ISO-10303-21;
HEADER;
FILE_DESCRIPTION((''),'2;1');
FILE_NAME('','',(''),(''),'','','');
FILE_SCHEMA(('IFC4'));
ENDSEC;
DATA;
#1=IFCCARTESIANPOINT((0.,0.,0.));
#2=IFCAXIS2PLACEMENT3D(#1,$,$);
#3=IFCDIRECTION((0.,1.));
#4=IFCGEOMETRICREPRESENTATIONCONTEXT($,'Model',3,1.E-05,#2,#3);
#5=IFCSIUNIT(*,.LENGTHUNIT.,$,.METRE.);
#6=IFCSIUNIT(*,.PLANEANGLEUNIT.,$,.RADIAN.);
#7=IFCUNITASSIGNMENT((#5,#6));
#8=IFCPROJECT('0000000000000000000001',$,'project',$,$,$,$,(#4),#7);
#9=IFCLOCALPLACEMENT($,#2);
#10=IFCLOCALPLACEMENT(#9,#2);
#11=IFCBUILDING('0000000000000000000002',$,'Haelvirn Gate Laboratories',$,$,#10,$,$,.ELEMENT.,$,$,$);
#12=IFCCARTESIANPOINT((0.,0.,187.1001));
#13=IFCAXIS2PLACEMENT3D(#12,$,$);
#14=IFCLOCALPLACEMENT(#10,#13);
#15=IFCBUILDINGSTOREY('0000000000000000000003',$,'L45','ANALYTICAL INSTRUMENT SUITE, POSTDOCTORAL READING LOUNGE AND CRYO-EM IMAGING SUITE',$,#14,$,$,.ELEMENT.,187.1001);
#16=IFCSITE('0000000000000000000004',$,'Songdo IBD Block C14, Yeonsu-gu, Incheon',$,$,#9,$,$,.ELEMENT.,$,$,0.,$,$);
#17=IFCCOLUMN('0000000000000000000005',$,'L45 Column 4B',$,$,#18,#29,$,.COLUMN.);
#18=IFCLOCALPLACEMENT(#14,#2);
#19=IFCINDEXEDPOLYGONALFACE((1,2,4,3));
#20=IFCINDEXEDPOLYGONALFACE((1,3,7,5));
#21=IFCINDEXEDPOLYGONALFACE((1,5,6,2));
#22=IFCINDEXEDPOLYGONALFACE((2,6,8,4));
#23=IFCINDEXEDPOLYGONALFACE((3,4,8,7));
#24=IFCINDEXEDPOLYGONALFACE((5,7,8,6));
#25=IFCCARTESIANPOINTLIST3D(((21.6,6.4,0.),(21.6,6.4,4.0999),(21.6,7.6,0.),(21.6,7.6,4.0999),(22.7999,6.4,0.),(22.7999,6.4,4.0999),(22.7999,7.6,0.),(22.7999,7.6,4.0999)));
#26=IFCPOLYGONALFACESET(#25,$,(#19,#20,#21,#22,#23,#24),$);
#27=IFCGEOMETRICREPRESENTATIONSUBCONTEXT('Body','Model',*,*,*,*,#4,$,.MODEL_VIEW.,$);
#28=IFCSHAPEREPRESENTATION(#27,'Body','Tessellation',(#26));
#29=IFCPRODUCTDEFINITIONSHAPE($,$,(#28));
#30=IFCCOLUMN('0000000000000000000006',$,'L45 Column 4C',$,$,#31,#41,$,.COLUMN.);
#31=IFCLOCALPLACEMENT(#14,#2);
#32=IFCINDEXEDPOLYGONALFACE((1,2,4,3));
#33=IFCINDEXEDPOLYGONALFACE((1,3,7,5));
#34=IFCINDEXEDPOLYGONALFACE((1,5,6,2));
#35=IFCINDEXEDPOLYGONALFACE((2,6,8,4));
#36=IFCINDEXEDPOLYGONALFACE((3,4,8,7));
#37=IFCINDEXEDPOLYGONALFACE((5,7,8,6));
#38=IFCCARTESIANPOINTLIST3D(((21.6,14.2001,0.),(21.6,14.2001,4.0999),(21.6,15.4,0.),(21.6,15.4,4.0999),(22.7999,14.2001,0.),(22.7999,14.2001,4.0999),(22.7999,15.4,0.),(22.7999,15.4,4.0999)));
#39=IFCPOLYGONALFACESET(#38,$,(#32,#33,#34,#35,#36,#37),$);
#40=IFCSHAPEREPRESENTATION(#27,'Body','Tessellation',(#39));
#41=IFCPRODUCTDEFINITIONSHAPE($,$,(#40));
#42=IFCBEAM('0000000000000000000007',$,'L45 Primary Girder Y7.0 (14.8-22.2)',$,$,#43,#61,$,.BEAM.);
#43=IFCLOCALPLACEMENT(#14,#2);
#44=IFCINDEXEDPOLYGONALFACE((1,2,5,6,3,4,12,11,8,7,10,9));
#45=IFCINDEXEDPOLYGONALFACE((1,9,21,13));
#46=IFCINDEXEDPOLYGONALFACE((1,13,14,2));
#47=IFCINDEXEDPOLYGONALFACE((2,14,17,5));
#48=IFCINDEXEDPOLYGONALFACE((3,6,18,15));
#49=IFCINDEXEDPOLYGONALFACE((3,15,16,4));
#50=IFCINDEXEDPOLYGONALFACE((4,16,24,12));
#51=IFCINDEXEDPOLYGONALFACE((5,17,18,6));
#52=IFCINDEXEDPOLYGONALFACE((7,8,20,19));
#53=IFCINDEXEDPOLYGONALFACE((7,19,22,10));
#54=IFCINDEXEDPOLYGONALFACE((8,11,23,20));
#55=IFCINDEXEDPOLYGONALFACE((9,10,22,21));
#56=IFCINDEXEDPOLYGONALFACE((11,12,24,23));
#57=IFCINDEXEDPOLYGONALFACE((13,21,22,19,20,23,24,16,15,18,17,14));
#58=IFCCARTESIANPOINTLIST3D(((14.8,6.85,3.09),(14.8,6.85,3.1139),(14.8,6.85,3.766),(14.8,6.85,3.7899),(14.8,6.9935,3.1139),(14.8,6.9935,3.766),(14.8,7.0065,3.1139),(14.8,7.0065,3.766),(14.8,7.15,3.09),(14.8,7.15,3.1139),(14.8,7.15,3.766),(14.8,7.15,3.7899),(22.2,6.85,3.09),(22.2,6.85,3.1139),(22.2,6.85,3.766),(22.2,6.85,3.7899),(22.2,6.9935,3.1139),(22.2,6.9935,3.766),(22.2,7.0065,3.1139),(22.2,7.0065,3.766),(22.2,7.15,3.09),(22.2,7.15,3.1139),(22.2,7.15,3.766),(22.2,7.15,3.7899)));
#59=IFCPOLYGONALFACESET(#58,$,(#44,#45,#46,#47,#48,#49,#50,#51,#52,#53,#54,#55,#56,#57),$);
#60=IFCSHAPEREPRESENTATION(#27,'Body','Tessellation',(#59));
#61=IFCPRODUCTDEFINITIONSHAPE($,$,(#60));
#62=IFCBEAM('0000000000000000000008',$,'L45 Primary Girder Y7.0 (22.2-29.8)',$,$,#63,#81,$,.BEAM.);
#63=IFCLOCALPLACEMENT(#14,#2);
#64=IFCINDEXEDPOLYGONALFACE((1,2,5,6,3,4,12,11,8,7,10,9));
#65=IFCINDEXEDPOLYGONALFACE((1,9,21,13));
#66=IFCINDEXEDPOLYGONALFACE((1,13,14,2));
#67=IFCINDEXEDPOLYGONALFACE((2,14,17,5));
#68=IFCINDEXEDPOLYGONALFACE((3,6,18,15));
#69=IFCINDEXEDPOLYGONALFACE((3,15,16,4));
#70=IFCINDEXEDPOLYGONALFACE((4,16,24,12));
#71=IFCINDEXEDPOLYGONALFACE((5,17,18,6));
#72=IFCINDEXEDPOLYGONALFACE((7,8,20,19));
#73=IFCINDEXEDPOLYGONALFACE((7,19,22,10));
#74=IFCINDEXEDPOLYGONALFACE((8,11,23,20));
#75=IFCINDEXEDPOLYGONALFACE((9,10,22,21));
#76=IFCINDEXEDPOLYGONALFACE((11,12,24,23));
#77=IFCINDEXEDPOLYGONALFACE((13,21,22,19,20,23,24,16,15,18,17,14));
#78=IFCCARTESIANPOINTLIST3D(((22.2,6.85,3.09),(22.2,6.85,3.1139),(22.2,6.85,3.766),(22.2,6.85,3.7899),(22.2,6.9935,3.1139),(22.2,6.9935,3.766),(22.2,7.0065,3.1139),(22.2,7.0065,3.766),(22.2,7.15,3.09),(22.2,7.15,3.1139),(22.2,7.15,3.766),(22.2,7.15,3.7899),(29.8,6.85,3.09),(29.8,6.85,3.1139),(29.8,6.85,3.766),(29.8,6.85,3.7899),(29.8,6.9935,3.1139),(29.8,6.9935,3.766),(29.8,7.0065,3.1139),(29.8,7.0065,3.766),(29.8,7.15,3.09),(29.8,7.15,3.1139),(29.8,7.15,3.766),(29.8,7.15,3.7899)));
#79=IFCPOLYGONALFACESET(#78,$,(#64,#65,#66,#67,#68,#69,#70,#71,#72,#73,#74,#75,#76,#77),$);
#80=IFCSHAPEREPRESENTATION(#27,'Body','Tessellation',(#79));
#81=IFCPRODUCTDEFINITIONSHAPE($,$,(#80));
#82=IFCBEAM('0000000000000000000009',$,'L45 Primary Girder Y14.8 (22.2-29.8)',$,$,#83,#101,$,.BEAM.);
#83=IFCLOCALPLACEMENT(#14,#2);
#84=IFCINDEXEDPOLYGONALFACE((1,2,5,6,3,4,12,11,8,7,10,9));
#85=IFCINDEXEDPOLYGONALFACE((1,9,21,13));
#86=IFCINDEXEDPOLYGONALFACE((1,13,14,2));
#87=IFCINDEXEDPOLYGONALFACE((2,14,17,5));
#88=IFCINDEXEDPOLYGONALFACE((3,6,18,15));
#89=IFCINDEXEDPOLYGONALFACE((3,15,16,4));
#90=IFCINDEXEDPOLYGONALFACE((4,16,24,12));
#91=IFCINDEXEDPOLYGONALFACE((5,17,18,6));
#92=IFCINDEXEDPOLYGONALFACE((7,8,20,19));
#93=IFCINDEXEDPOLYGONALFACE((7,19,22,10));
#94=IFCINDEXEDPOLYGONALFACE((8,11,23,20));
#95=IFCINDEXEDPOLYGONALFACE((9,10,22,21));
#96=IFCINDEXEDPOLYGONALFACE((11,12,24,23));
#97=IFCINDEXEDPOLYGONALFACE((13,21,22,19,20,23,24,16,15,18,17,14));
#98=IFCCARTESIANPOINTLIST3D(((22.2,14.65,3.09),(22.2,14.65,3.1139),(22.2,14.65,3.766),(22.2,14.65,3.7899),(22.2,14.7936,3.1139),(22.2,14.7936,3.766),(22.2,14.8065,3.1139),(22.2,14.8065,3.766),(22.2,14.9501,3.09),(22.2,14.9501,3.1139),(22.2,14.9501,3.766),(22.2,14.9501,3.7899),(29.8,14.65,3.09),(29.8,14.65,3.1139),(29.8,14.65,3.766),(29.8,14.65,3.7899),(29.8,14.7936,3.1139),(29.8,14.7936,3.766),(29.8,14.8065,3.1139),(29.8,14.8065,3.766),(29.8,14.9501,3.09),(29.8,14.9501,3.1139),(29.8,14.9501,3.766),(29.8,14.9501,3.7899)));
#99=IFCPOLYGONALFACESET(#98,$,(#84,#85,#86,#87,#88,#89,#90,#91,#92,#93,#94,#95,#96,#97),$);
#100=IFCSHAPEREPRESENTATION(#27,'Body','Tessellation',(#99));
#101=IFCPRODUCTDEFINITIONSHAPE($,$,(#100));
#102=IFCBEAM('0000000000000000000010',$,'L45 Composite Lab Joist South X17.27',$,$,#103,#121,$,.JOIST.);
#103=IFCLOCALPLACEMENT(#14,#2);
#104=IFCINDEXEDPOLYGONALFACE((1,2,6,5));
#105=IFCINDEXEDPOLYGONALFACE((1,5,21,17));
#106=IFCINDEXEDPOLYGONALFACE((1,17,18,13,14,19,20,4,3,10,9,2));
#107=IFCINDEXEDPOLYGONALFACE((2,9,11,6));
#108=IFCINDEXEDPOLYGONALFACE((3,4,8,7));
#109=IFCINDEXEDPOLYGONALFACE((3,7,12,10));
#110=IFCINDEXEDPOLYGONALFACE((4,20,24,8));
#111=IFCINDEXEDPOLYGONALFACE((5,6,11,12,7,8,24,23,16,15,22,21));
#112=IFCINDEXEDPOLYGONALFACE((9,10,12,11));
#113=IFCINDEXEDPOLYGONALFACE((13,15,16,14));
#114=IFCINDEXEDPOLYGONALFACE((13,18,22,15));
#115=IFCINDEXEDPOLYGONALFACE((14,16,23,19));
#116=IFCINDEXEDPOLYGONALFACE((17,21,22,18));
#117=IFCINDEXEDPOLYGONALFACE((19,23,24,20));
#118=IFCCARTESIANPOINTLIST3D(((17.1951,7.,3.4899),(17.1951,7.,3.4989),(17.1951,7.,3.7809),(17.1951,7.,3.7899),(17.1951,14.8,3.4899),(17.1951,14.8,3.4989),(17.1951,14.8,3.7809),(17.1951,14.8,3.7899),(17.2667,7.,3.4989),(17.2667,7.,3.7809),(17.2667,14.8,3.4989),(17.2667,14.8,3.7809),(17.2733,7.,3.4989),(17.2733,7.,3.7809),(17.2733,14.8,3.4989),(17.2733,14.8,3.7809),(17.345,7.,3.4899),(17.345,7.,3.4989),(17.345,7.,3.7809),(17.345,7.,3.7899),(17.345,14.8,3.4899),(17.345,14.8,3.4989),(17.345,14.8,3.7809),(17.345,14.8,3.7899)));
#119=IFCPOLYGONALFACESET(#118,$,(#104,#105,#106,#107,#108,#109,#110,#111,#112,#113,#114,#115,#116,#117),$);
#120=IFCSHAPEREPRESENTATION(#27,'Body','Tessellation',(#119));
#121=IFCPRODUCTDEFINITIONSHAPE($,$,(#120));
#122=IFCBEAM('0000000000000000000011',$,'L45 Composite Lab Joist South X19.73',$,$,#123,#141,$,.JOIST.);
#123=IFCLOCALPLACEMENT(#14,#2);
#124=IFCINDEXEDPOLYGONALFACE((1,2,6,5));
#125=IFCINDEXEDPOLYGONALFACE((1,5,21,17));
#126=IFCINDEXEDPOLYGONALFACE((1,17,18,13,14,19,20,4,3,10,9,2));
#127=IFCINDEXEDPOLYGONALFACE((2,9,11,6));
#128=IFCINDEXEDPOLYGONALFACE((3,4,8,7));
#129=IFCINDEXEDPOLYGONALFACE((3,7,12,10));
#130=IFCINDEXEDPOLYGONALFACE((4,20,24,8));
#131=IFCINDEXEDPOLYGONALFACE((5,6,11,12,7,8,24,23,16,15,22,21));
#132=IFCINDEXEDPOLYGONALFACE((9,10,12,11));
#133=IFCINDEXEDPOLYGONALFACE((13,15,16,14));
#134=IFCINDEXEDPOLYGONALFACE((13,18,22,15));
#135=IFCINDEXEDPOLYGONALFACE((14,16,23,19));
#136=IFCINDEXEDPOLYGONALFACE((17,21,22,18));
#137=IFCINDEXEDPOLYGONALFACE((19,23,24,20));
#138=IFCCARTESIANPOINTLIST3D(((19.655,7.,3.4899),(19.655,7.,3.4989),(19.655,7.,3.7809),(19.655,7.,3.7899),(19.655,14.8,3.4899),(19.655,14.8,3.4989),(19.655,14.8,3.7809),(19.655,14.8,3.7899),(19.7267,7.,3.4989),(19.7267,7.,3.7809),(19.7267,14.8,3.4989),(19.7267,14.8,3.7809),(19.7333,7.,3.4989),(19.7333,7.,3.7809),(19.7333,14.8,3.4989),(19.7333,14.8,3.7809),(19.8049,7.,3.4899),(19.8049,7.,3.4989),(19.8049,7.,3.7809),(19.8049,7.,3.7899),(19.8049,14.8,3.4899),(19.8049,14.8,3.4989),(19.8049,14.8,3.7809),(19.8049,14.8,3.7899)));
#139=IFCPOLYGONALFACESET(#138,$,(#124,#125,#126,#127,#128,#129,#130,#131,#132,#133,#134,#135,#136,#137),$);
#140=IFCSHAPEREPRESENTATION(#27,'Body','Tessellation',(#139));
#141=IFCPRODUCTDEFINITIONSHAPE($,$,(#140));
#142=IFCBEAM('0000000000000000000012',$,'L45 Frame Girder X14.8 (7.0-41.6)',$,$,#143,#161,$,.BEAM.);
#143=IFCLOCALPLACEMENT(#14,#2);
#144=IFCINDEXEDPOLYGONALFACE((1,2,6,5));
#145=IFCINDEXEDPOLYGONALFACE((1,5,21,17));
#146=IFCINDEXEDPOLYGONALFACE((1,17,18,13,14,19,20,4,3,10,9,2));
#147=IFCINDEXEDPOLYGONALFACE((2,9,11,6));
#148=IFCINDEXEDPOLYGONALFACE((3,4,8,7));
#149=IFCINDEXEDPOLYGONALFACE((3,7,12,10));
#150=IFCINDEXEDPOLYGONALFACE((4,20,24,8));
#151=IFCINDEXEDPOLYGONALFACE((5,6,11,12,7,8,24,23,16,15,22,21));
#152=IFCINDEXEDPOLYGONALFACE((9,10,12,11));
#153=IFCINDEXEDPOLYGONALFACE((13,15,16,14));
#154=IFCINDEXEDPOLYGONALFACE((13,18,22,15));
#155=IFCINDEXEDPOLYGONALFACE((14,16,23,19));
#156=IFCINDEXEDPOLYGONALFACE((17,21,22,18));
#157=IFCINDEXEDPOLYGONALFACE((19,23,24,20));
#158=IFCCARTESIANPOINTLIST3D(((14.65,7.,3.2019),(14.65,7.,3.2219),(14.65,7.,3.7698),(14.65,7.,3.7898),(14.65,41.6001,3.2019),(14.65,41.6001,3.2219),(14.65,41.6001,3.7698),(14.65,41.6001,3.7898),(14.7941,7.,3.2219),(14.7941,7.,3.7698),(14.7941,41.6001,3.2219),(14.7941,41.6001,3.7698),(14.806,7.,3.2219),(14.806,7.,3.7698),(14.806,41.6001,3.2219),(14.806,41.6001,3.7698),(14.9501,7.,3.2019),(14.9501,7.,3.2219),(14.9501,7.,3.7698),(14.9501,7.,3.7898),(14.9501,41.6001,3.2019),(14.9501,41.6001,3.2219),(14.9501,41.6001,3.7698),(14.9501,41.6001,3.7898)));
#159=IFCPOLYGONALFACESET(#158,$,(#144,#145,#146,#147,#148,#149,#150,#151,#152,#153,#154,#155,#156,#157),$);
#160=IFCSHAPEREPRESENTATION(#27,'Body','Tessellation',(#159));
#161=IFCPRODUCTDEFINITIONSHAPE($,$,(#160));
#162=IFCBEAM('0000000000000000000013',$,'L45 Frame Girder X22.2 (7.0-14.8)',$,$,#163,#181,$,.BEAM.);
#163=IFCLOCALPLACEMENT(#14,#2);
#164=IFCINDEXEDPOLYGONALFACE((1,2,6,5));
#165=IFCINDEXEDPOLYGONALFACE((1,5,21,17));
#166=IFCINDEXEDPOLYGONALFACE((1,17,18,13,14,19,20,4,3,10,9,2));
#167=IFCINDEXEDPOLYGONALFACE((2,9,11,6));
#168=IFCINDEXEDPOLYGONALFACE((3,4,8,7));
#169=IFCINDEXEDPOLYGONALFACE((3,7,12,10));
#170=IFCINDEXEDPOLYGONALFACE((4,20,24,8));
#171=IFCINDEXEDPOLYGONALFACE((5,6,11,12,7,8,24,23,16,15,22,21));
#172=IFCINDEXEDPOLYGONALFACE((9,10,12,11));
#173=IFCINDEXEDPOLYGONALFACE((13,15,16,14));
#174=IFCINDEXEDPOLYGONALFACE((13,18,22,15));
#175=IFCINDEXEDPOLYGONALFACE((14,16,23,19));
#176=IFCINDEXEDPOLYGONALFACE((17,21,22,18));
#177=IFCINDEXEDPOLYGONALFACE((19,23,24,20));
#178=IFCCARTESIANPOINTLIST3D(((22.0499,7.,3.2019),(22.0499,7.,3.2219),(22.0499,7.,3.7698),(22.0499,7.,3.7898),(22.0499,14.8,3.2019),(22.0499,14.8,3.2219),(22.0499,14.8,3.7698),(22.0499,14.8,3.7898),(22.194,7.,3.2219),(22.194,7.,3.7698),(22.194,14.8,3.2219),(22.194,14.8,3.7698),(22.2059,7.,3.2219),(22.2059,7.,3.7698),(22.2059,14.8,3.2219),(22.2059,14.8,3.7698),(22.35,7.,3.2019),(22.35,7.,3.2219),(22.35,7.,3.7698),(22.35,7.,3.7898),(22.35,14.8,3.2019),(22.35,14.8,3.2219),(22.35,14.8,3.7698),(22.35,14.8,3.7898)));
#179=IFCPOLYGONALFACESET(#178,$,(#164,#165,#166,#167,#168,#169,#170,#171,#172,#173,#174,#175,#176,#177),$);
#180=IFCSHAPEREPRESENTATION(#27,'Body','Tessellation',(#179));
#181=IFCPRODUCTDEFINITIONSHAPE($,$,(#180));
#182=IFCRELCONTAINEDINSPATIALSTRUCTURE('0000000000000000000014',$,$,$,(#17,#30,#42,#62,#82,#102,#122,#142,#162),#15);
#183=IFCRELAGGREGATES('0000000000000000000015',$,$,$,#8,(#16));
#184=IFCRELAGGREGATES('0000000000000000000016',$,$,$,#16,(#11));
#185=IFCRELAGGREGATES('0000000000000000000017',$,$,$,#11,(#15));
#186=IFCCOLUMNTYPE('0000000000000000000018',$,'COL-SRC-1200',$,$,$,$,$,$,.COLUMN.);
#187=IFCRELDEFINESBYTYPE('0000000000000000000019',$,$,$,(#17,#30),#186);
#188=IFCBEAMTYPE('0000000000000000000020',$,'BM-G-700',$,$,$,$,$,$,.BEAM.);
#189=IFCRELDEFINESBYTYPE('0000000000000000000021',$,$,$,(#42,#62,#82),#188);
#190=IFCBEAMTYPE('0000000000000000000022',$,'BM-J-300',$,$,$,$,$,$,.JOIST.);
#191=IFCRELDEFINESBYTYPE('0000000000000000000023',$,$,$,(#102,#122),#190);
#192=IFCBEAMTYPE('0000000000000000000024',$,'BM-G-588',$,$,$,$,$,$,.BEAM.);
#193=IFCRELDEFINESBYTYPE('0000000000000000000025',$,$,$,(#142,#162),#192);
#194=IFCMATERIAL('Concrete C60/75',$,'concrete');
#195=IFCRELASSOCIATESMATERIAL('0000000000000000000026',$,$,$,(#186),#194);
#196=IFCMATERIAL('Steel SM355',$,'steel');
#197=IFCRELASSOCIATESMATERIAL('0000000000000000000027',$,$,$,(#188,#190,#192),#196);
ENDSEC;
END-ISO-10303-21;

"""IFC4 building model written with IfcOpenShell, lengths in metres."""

from ifc_helpers import new_model, si_unit, direction, frame, origin, origin_2d, place, context, subcontext, project, spatial, rectangle, i_section, extrude, source, transform, mapped, material, material_profile, profile_set, type_object, type_shapes, element, save


model = new_model("IFC4")

# Units and contexts
model_context = context("Model", 3, precision=1e-05, world=origin(), true_north=direction((0.0, 1.0)))
body_context = subcontext(model_context, "Body", "Model", "MODEL_VIEW")
ifc_project = project(units=[si_unit("LENGTHUNIT", "METRE"), si_unit("PLANEANGLEUNIT", "RADIAN")], contexts=[model_context])

# Site, building, storey
site_placement = place(None, origin())
site = spatial("IfcSite", under=ifc_project, at=site_placement, Name="Songdo IBD Block C14, Yeonsu-gu, Incheon", CompositionType="ELEMENT", RefElevation=0.0)
building_placement = place(site_placement, origin())
building = spatial("IfcBuilding", under=site, at=building_placement, Name="Haelvirn Gate Laboratories", CompositionType="ELEMENT")
storey_placement = place(building_placement, frame((0.0, 0.0, 187.1001)))
storey = spatial("IfcBuildingStorey", under=building, at=storey_placement, Name="L45", Description="ANALYTICAL INSTRUMENT SUITE, POSTDOCTORAL READING LOUNGE AND CRYO-EM IMAGING SUITE", CompositionType="ELEMENT", Elevation=187.1001)

# Columns
ifc_material_1 = material(Name="Concrete C60/75", Category="concrete")
ifc_material_profile_1 = material_profile(ifc_material_1, rectangle(XDim=1.2, YDim=1.2, at=origin_2d()), Name="SRC-1200x1200")
ifc_profile_set_1 = profile_set([ifc_material_profile_1], Name="Concrete C60/75")
column_type = type_object("IfcColumnType", Name="COL-SRC-1200", PredefinedType="COLUMN", material=ifc_profile_set_1)
shared_shape_1 = source(origin(), body_context, "Body", "SweptSolid", [
    extrude(rectangle(XDim=1.2, YDim=1.2, at=origin_2d()), origin(), (0.0, 0.0, 1.0), 4.0999),
])
type_shapes(column_type, [shared_shape_1])
for number, where, z_axis, x_axis, name in (
    (1, (22.2, 7.0, 0.0), (0.0, 0.0, 1.0), (1.0, 0.0, 0.0), "L45 Column 4B"),
    (2, (22.2, 14.8, 0.0), (0.0, 0.0, 1.0), (1.0, 0.0, 0.0), "L45 Column 4C"),
):
    element("IfcColumn", number, at=place(storey_placement, frame(where, z_axis=z_axis, x_axis=x_axis)), inside=storey, type_object=column_type, Name=name, PredefinedType="COLUMN", context=body_context, shape_type="MappedRepresentation", body=[
        mapped(shared_shape_1, transform((0.0, 0.0, 0.0), scale=1.0)),
    ])

# Beams
ifc_material_2 = material(Name="Steel SM355", Category="steel")
ifc_material_profile_2 = material_profile(ifc_material_2, i_section(OverallWidth=0.3, OverallDepth=0.7, WebThickness=0.0129, FlangeThickness=0.0239, at=origin_2d()), Name="H-700x300x13x24")
ifc_profile_set_2 = profile_set([ifc_material_profile_2], Name="Steel SM355")
beam_type_1 = type_object("IfcBeamType", Name="BM-G-700", PredefinedType="BEAM", material=ifc_profile_set_2)
shared_shape_2 = source(origin(), body_context, "Body", "SweptSolid", [
    extrude(i_section(OverallWidth=0.3, OverallDepth=0.7, WebThickness=0.0129, FlangeThickness=0.0239, at=origin_2d()), origin(), (0.0, 0.0, 1.0), 7.3999),
])
beam_1_placement = place(storey_placement, frame((14.8, 7.0, 3.4399), z_axis=(1.0, 0.0, 0.0), x_axis=(0.0, 1.0, 0.0)))
element("IfcBeam", 3, at=beam_1_placement, inside=storey, type_object=beam_type_1, Name="L45 Primary Girder Y7.0 (14.8-22.2)", PredefinedType="BEAM", context=body_context, shape_type="MappedRepresentation", body=[
    mapped(shared_shape_2, transform((0.0, 0.0, 0.0), scale=1.0)),
])
shared_shape_3 = source(origin(), body_context, "Body", "SweptSolid", [
    extrude(i_section(OverallWidth=0.3, OverallDepth=0.7, WebThickness=0.0129, FlangeThickness=0.0239, at=origin_2d()), origin(), (0.0, 0.0, 1.0), 7.6001),
])
type_shapes(beam_type_1, [shared_shape_2, shared_shape_3])
for number, where, z_axis, x_axis, name in (
    (4, (22.2, 7.0, 3.4399), (1.0, 0.0, 0.0), (0.0, 1.0, 0.0), "L45 Primary Girder Y7.0 (22.2-29.8)"),
    (5, (22.2, 14.8, 3.4399), (1.0, 0.0, 0.0), (0.0, 1.0, 0.0), "L45 Primary Girder Y14.8 (22.2-29.8)"),
):
    element("IfcBeam", number, at=place(storey_placement, frame(where, z_axis=z_axis, x_axis=x_axis)), inside=storey, type_object=beam_type_1, Name=name, PredefinedType="BEAM", context=body_context, shape_type="MappedRepresentation", body=[
        mapped(shared_shape_3, transform((0.0, 0.0, 0.0), scale=1.0)),
    ])
ifc_material_profile_3 = material_profile(ifc_material_2, i_section(OverallWidth=0.1499, OverallDepth=0.3, WebThickness=0.0066, FlangeThickness=0.009, at=origin_2d()), Name="H-300x150x6.5x9")
ifc_profile_set_3 = profile_set([ifc_material_profile_3], Name="Steel SM355")
beam_type_2 = type_object("IfcBeamType", Name="BM-J-300", PredefinedType="JOIST", material=ifc_profile_set_3)
shared_shape_4 = source(origin(), body_context, "Body", "SweptSolid", [
    extrude(i_section(OverallWidth=0.1499, OverallDepth=0.3, WebThickness=0.0066, FlangeThickness=0.009, at=origin_2d()), origin(), (0.0, 0.0, 1.0), 7.8),
])
type_shapes(beam_type_2, [shared_shape_4])
for number, where, z_axis, x_axis, name in (
    (6, (17.27, 7.0, 3.6399), (0.0, 1.0, 0.0), (-1.0, 0.0, 0.0), "L45 Composite Lab Joist South X17.27"),
    (7, (19.73, 7.0, 3.6399), (0.0, 1.0, 0.0), (-1.0, 0.0, 0.0), "L45 Composite Lab Joist South X19.73"),
):
    element("IfcBeam", number, at=place(storey_placement, frame(where, z_axis=z_axis, x_axis=x_axis)), inside=storey, type_object=beam_type_2, Name=name, PredefinedType="JOIST", context=body_context, shape_type="MappedRepresentation", body=[
        mapped(shared_shape_4, transform((0.0, 0.0, 0.0), scale=1.0)),
    ])
ifc_material_profile_4 = material_profile(ifc_material_2, i_section(OverallWidth=0.3, OverallDepth=0.5879, WebThickness=0.012, FlangeThickness=0.02, at=origin_2d()), Name="H-588x300x12x20")
ifc_profile_set_4 = profile_set([ifc_material_profile_4], Name="Steel SM355")
beam_type_3 = type_object("IfcBeamType", Name="BM-G-588", PredefinedType="BEAM", material=ifc_profile_set_4)
shared_shape_5 = source(origin(), body_context, "Body", "SweptSolid", [
    extrude(i_section(OverallWidth=0.3, OverallDepth=0.5879, WebThickness=0.012, FlangeThickness=0.02, at=origin_2d()), origin(), (0.0, 0.0, 1.0), 34.6001),
])
beam_2_placement = place(storey_placement, frame((14.8, 7.0, 3.4958), z_axis=(0.0, 1.0, 0.0), x_axis=(-1.0, 0.0, 0.0)))
element("IfcBeam", 8, at=beam_2_placement, inside=storey, type_object=beam_type_3, Name="L45 Frame Girder X14.8 (7.0-41.6)", PredefinedType="BEAM", context=body_context, shape_type="MappedRepresentation", body=[
    mapped(shared_shape_5, transform((0.0, 0.0, 0.0), scale=1.0)),
])
shared_shape_6 = source(origin(), body_context, "Body", "SweptSolid", [
    extrude(i_section(OverallWidth=0.3, OverallDepth=0.5879, WebThickness=0.012, FlangeThickness=0.02, at=origin_2d()), origin(), (0.0, 0.0, 1.0), 7.8),
])
type_shapes(beam_type_3, [shared_shape_5, shared_shape_6])
beam_3_placement = place(storey_placement, frame((22.2, 7.0, 3.4958), z_axis=(0.0, 1.0, 0.0), x_axis=(-1.0, 0.0, 0.0)))
element("IfcBeam", 9, at=beam_3_placement, inside=storey, type_object=beam_type_3, Name="L45 Frame Girder X22.2 (7.0-14.8)", PredefinedType="BEAM", context=body_context, shape_type="MappedRepresentation", body=[
    mapped(shared_shape_6, transform((0.0, 0.0, 0.0), scale=1.0)),
])

save(model, "model.ifc")
